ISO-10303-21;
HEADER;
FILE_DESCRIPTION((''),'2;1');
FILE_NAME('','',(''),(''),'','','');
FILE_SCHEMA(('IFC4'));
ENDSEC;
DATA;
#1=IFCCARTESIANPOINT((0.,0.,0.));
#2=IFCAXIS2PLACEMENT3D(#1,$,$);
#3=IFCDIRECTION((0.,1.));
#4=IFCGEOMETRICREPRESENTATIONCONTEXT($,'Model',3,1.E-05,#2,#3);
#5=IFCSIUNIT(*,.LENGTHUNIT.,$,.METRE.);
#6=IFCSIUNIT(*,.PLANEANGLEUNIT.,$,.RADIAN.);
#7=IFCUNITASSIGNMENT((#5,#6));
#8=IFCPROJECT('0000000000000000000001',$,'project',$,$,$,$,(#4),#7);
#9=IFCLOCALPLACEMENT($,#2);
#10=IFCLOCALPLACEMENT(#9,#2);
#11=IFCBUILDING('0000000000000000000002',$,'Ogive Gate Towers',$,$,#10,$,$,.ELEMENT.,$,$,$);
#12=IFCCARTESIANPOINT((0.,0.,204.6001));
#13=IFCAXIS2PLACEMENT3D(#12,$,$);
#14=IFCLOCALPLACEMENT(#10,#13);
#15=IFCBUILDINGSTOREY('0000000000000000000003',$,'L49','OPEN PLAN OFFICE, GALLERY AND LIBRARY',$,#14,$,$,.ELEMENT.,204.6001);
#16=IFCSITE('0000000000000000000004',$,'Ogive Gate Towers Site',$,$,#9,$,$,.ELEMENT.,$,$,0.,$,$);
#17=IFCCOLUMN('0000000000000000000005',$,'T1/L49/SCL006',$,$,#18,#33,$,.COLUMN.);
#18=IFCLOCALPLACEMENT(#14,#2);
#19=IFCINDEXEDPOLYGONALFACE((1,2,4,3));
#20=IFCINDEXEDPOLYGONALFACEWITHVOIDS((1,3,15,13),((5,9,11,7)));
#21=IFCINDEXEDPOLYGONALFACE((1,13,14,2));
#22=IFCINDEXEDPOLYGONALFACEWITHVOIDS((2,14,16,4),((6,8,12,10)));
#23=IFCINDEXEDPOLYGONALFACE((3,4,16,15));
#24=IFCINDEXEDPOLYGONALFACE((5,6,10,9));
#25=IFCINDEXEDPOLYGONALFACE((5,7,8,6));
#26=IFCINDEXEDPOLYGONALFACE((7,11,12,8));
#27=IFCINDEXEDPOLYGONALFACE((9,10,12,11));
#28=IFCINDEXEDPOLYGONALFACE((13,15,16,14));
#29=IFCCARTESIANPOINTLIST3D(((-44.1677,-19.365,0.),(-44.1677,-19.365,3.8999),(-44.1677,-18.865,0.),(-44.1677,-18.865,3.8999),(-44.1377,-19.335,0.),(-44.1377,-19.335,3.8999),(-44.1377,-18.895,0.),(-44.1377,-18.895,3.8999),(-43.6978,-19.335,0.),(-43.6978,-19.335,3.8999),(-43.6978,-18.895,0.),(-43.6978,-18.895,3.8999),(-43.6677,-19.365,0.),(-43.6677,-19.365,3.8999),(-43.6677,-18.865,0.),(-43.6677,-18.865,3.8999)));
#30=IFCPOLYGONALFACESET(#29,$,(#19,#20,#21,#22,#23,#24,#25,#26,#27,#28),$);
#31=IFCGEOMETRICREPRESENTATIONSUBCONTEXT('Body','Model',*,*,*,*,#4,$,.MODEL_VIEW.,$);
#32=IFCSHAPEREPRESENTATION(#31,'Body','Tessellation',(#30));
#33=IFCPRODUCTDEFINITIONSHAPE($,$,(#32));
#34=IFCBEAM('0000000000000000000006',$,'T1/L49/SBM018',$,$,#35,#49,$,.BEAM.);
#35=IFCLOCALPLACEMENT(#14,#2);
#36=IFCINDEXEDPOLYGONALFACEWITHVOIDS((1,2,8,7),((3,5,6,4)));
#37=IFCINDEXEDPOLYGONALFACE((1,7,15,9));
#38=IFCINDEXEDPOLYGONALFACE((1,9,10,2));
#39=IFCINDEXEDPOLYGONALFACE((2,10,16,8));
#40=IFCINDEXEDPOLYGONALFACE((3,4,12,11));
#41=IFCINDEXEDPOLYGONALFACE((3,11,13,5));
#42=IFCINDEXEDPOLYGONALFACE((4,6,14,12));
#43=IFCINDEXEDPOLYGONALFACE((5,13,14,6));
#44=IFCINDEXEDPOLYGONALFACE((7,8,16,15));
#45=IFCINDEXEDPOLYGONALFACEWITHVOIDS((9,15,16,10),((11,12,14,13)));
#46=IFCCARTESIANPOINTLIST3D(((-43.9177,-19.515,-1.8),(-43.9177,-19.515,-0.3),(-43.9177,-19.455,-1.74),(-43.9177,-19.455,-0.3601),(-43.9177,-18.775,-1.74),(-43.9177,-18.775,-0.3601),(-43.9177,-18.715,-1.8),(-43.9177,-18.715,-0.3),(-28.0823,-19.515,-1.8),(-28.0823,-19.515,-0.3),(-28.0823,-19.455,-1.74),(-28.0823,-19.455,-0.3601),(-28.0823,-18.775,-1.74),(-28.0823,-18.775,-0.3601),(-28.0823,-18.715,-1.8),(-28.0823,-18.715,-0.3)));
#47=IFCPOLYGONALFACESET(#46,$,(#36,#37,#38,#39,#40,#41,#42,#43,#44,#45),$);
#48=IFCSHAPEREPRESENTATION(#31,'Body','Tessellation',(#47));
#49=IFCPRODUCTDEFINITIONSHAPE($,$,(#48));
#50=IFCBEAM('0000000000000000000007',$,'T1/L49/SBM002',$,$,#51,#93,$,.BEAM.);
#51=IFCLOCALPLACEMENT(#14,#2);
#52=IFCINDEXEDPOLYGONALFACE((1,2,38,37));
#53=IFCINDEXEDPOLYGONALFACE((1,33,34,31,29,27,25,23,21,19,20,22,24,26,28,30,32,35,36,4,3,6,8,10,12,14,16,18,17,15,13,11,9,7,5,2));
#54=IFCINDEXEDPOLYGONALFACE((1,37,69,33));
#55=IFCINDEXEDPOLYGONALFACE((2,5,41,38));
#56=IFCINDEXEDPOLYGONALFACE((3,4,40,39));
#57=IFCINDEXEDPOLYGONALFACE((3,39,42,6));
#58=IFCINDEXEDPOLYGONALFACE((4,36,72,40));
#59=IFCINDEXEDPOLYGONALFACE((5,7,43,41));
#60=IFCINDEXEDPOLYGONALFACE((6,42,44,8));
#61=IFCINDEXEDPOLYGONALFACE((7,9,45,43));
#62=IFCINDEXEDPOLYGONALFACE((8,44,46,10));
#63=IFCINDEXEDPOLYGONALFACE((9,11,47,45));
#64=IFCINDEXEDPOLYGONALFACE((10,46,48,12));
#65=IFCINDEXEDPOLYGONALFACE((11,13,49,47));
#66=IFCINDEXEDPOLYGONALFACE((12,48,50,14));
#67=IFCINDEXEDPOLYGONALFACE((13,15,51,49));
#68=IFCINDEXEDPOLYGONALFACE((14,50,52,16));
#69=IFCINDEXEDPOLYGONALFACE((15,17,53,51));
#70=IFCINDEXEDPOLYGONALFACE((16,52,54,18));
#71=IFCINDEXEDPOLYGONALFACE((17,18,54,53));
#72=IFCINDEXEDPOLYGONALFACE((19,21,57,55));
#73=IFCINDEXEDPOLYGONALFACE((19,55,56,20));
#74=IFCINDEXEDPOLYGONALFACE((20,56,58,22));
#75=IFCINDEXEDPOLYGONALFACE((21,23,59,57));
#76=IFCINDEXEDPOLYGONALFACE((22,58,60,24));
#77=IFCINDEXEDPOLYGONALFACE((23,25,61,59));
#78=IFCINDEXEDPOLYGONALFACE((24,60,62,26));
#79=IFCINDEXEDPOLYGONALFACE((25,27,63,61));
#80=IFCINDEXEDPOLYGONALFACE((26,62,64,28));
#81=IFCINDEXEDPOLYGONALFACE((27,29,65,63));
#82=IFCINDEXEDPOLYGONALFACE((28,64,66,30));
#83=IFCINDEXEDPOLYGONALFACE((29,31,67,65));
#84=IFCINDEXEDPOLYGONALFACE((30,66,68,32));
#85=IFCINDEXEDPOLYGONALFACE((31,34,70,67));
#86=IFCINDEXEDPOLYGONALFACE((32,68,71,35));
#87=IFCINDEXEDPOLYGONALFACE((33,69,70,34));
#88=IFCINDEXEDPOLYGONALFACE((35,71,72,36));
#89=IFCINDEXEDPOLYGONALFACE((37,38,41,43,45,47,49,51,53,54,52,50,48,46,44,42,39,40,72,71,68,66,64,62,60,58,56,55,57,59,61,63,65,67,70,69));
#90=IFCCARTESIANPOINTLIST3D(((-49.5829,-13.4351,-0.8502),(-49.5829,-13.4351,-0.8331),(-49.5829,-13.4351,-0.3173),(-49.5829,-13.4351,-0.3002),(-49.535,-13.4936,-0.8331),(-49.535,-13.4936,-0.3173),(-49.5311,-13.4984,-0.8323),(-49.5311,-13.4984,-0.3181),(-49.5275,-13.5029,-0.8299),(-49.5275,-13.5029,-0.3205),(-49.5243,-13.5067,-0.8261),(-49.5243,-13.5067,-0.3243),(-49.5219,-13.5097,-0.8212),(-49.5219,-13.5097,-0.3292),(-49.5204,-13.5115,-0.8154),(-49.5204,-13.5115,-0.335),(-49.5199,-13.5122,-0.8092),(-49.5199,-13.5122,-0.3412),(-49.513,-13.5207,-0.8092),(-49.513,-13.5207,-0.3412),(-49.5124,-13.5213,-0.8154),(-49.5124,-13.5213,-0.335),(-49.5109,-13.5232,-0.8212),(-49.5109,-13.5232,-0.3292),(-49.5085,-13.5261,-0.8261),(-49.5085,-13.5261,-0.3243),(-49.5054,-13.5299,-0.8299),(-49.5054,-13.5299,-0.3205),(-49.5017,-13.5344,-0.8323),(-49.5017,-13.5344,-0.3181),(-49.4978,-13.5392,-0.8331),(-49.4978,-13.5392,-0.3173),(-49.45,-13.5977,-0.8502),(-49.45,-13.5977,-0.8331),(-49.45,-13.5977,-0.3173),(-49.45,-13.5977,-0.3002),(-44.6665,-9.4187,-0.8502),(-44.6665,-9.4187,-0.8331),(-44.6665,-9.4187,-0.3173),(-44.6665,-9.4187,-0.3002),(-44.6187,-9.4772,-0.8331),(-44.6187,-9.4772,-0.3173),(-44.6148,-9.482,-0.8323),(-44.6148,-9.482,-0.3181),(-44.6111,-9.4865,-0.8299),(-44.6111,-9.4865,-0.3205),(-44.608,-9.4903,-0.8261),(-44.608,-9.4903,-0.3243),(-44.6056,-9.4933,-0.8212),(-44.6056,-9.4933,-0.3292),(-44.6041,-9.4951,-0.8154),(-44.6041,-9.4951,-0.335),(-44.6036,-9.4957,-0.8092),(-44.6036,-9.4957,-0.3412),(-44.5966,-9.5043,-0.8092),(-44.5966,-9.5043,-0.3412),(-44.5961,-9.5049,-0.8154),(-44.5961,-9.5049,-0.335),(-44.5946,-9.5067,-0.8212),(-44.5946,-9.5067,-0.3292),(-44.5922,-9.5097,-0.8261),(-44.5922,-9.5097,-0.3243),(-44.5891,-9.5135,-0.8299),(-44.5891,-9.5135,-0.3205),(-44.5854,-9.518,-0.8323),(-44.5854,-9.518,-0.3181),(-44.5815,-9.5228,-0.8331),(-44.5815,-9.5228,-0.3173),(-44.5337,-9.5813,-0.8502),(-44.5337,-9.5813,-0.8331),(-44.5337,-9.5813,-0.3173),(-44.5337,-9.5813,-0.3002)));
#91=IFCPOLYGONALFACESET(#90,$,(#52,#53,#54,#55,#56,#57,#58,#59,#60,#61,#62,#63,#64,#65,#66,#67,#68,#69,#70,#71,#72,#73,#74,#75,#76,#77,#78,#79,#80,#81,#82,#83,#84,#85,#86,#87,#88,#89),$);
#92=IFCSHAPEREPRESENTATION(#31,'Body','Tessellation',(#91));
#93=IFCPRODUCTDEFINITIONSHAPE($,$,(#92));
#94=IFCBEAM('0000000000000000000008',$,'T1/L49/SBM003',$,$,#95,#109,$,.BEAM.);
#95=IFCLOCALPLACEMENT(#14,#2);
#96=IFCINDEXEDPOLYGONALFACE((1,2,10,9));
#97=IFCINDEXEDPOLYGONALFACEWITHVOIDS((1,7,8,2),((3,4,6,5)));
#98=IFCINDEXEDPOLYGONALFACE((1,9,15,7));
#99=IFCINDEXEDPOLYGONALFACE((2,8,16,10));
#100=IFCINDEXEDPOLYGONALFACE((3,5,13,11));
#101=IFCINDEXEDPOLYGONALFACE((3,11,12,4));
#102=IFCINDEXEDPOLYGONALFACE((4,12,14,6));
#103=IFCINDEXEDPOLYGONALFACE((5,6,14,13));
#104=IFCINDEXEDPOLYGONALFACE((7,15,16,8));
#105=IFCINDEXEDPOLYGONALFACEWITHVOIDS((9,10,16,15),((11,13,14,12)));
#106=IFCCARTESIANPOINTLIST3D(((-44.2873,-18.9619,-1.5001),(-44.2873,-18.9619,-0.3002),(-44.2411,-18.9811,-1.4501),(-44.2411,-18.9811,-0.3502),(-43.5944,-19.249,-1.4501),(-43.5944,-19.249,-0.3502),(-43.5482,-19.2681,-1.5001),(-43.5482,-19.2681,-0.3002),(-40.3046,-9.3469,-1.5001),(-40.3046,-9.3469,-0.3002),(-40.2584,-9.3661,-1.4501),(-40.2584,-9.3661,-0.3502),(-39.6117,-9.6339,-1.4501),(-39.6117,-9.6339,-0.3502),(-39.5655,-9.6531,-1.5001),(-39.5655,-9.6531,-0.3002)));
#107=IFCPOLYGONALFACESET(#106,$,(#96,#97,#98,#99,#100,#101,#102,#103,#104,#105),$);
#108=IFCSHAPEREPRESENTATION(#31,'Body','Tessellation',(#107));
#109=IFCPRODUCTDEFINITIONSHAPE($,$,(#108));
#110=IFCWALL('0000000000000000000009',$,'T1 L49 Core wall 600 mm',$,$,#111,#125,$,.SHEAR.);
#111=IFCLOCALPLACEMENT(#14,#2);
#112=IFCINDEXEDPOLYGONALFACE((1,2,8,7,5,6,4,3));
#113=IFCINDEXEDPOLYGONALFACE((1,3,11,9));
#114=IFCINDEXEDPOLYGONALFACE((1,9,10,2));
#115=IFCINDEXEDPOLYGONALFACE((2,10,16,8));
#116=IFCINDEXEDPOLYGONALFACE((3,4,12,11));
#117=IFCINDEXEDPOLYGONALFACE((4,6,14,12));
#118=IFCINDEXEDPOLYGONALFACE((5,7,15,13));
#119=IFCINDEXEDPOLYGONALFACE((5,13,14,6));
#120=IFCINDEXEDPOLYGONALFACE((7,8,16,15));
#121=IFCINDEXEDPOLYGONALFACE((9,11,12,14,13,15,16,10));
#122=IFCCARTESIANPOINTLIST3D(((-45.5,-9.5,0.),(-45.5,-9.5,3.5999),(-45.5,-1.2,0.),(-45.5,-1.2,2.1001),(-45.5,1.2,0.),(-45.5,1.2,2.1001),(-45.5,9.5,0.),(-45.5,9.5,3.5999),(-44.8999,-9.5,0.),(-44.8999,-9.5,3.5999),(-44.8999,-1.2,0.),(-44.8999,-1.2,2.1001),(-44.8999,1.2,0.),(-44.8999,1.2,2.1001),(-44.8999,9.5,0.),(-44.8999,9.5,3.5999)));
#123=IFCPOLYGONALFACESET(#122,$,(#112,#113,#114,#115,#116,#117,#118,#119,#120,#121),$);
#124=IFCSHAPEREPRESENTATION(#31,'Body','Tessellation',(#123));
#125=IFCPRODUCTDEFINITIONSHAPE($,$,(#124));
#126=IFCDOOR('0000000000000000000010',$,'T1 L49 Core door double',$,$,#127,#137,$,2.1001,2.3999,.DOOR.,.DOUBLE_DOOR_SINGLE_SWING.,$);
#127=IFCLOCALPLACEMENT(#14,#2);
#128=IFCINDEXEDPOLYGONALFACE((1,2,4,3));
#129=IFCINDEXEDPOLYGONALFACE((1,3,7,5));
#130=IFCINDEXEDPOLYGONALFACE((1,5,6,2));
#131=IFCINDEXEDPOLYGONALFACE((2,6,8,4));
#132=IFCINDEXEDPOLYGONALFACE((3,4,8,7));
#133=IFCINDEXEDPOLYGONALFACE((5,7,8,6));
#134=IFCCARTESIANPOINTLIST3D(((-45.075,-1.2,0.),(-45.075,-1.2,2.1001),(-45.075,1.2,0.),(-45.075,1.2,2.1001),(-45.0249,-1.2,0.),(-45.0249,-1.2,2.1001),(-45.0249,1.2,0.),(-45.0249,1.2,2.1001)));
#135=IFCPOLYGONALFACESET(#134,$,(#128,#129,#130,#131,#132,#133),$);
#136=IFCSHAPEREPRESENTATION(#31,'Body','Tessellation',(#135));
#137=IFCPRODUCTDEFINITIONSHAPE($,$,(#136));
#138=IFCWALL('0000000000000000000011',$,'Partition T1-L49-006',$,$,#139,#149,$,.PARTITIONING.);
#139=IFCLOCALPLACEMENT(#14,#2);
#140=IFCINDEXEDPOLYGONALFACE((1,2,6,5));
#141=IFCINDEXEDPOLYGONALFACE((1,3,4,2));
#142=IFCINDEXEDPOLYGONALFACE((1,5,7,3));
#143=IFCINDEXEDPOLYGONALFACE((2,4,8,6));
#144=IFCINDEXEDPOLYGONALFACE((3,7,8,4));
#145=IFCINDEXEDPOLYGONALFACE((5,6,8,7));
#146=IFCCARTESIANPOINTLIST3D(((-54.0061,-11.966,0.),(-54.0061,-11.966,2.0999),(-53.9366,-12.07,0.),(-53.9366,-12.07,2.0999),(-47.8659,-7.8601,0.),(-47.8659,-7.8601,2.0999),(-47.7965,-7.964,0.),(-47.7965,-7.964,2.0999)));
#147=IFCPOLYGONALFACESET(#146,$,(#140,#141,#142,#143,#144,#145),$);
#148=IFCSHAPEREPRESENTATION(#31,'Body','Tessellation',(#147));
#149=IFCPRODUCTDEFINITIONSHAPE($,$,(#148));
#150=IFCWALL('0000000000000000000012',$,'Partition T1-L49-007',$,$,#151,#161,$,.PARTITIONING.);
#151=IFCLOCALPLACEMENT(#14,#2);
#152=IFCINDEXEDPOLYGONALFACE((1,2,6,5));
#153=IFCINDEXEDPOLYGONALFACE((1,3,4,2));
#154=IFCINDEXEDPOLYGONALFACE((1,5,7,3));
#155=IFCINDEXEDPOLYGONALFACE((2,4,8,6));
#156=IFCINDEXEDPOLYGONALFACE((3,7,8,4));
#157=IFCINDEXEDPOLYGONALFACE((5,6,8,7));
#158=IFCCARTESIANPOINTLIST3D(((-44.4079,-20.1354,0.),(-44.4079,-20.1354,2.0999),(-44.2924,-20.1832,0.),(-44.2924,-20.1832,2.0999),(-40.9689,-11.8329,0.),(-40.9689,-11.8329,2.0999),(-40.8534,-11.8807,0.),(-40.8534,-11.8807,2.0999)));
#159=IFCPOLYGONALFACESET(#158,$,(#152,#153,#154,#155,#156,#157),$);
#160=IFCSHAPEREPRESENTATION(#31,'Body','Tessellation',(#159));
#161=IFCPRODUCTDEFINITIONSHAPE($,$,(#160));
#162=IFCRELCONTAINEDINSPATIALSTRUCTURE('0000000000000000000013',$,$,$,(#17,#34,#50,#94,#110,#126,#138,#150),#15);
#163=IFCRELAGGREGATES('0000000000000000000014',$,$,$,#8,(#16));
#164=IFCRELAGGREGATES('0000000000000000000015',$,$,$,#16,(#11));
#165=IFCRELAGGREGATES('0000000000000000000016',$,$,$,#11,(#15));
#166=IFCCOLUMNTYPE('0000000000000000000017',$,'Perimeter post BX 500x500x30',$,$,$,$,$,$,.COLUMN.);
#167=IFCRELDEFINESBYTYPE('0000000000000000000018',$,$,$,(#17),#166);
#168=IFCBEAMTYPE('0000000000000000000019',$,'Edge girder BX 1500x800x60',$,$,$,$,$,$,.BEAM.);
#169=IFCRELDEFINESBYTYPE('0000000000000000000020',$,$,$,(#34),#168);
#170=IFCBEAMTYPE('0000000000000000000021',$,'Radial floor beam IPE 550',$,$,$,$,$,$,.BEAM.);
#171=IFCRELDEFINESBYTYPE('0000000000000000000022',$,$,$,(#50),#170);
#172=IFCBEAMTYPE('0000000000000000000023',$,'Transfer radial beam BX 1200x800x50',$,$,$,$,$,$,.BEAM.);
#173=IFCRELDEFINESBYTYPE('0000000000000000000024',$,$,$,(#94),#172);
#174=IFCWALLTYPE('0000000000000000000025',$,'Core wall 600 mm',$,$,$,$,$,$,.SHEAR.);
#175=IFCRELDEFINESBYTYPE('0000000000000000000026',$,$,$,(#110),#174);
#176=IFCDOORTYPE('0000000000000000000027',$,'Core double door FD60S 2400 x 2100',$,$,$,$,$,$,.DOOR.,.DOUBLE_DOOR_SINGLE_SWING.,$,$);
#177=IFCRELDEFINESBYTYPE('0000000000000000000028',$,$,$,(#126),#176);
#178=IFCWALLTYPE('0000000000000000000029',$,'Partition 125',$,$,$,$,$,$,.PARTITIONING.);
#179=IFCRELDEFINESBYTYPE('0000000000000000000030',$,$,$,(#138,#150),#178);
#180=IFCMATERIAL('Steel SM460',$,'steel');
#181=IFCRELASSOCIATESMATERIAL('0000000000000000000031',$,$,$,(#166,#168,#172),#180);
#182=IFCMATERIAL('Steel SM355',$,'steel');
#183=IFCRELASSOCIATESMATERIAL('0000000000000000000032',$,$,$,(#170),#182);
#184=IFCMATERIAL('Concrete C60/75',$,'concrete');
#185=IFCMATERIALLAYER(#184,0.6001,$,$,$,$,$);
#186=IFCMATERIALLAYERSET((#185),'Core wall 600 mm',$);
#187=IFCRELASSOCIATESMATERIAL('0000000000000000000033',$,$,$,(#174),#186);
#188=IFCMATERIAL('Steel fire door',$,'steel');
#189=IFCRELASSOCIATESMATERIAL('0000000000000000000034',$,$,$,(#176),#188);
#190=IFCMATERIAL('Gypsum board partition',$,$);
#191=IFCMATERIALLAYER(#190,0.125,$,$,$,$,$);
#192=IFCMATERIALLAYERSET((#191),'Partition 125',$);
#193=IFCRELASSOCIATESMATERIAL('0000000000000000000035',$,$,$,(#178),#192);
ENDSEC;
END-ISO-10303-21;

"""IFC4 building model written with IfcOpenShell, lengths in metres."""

from ifc_helpers import new_model, si_unit, direction, frame, frame_2d, origin, origin_2d, place, context, subcontext, project, spatial, rectangle, hollow_rectangle, i_section, extrude, material, layer, layer_set, material_profile, profile_set, type_object, element, fill, save


model = new_model("IFC4")

# Units and contexts
model_context = context("Model", 3, precision=1e-05, world=origin(), true_north=direction((0.0, 1.0)))
body_context = subcontext(model_context, "Body", "Model", "MODEL_VIEW")
ifc_project = project(units=[si_unit("LENGTHUNIT", "METRE"), si_unit("PLANEANGLEUNIT", "RADIAN")], contexts=[model_context])

# Site, building, storey
site_placement = place(None, origin())
site = spatial("IfcSite", under=ifc_project, at=site_placement, Name="Ogive Gate Towers Site", CompositionType="ELEMENT", RefElevation=0.0)
building_placement = place(site_placement, origin())
building = spatial("IfcBuilding", under=site, at=building_placement, Name="Ogive Gate Towers", CompositionType="ELEMENT")
storey_placement = place(building_placement, frame((0.0, 0.0, 204.6001)))
storey = spatial("IfcBuildingStorey", under=building, at=storey_placement, Name="L49", Description="OPEN PLAN OFFICE, GALLERY AND LIBRARY", CompositionType="ELEMENT", Elevation=204.6001)

# Column
ifc_material_1 = material(Name="Steel SM460", Category="steel")
ifc_material_profile_1 = material_profile(ifc_material_1, hollow_rectangle(XDim=0.5, YDim=0.5, WallThickness=0.03, at=origin_2d()), Name="BX 500x500x30")
ifc_profile_set_1 = profile_set([ifc_material_profile_1], Name="Steel SM460")
column_type = type_object("IfcColumnType", Name="Perimeter post BX 500x500x30", PredefinedType="COLUMN", material=ifc_profile_set_1)
column_placement = place(storey_placement, frame((-43.9177, -19.115, 0.0), z_axis=(0.0, 0.0, 1.0), x_axis=(1.0, 0.0, 0.0)))
element("IfcColumn", 1, at=column_placement, inside=storey, type_object=column_type, Name="T1/L49/SCL006", PredefinedType="COLUMN", context=body_context, shape_type="SweptSolid", body=[
    extrude(hollow_rectangle(XDim=0.5, YDim=0.5, WallThickness=0.03, at=origin_2d()), origin(), (0.0, 0.0, 1.0), 3.8999),
])

# Beams
ifc_material_profile_2 = material_profile(ifc_material_1, hollow_rectangle(XDim=0.8, YDim=1.5, WallThickness=0.0601, at=origin_2d()), Name="BX 1500x800x60")
ifc_profile_set_2 = profile_set([ifc_material_profile_2], Name="Steel SM460")
beam_type_1 = type_object("IfcBeamType", Name="Edge girder BX 1500x800x60", PredefinedType="BEAM", material=ifc_profile_set_2)
beam_1_placement = place(storey_placement, frame((-43.9177, -19.115, -1.05), z_axis=(1.0, 0.0, 0.0), x_axis=(0.0, 1.0, 0.0)))
element("IfcBeam", 2, at=beam_1_placement, inside=storey, type_object=beam_type_1, Name="T1/L49/SBM018", PredefinedType="BEAM", context=body_context, shape_type="SweptSolid", body=[
    extrude(hollow_rectangle(XDim=0.8, YDim=1.5, WallThickness=0.0601, at=origin_2d()), origin(), (0.0, 0.0, 1.0), 15.8354),
])
ifc_material_2 = material(Name="Steel SM355", Category="steel")
ifc_material_profile_3 = material_profile(ifc_material_2, i_section(OverallWidth=0.21, OverallDepth=0.55, WebThickness=0.011, FlangeThickness=0.0171, FilletRadius=0.0239, at=origin_2d()), Name="IPE 550")
ifc_profile_set_3 = profile_set([ifc_material_profile_3], Name="Steel SM355")
beam_type_2 = type_object("IfcBeamType", Name="Radial floor beam IPE 550", PredefinedType="BEAM", material=ifc_profile_set_3)
beam_2_placement = place(storey_placement, frame((-44.6001, -9.5, -0.5752), z_axis=(-0.774423, -0.632668, 0.0), x_axis=(0.632668, -0.774423, 0.0)))
element("IfcBeam", 3, at=beam_2_placement, inside=storey, type_object=beam_type_2, Name="T1/L49/SBM002", PredefinedType="BEAM", context=body_context, shape_type="SweptSolid", body=[
    extrude(i_section(OverallWidth=0.21, OverallDepth=0.55, WebThickness=0.011, FlangeThickness=0.0171, FilletRadius=0.0239, at=origin_2d()), origin(), (0.0, 0.0, 1.0), 6.3484),
])
ifc_material_profile_4 = material_profile(ifc_material_1, hollow_rectangle(XDim=0.8, YDim=1.2, WallThickness=0.05, at=origin_2d()), Name="BX 1200x800x50")
ifc_profile_set_4 = profile_set([ifc_material_profile_4], Name="Steel SM460")
beam_type_3 = type_object("IfcBeamType", Name="Transfer radial beam BX 1200x800x50", PredefinedType="BEAM", material=ifc_profile_set_4)
beam_3_placement = place(storey_placement, frame((-39.9351, -9.5, -0.9001), z_axis=(-0.382684, -0.923879, 0.0), x_axis=(0.923879, -0.382684, 0.0)))
element("IfcBeam", 4, at=beam_3_placement, inside=storey, type_object=beam_type_3, Name="T1/L49/SBM003", PredefinedType="BEAM", context=body_context, shape_type="SweptSolid", body=[
    extrude(hollow_rectangle(XDim=0.8, YDim=1.2, WallThickness=0.05, at=origin_2d()), origin(), (0.0, 0.0, 1.0), 10.4072),
])

# Wall, opening, door
ifc_material_3 = material(Name="Concrete C60/75", Category="concrete")
ifc_layer_1 = layer(ifc_material_3, 0.6001)
ifc_layer_set_1 = layer_set([ifc_layer_1], Name="Core wall 600 mm")
wall_type_1 = type_object("IfcWallType", Name="Core wall 600 mm", PredefinedType="SHEAR", material=ifc_layer_set_1)
wall_1_placement = place(storey_placement, frame((-45.2, -9.5, 0.0), z_axis=(0.0, 0.0, 1.0), x_axis=(0.0, 1.0, 0.0)))
wall_1 = element("IfcWall", 5, at=wall_1_placement, inside=storey, type_object=wall_type_1, Name="T1 L49 Core wall 600 mm", PredefinedType="SHEAR", context=body_context, shape_type="SweptSolid", body=[
    extrude(rectangle(XDim=19.0, YDim=0.6001, at=frame_2d((9.5, 0.0))), origin(), (0.0, 0.0, 1.0), 3.5999),
])
opening_1_placement = place(wall_1_placement, frame((8.3, 0.0, 0.0)))
opening_1 = element("IfcOpeningElement", 6, at=opening_1_placement, cuts=wall_1, PredefinedType="OPENING", context=body_context, shape_type="SweptSolid", body=[
    extrude(rectangle(XDim=2.3999, YDim=2.1001, at=frame_2d((1.2, 1.05))), frame((0.0, 0.3101, 0.0), z_axis=(0.0, -1.0, 0.0), x_axis=(1.0, 0.0, 0.0)), (0.0, 0.0, 1.0), 0.6201),
])
ifc_material_4 = material(Name="Steel fire door", Category="steel")
door_type_1 = type_object("IfcDoorType", Name="Core double door FD60S 2400 x 2100", OperationType="DOUBLE_DOOR_SINGLE_SWING", PredefinedType="DOOR", material=ifc_material_4)
door_1_placement = place(opening_1_placement, origin())
door_1 = element("IfcDoor", 7, at=door_1_placement, inside=storey, type_object=door_type_1, Name="T1 L49 Core door double", OperationType="DOUBLE_DOOR_SINGLE_SWING", OverallHeight=2.1001, OverallWidth=2.3999, PredefinedType="DOOR", context=body_context, shape_type="SweptSolid", body=[
    extrude(rectangle(XDim=2.3999, YDim=2.1001, at=frame_2d((1.2, 1.05))), frame((0.0, -0.125, 0.0), z_axis=(0.0, -1.0, 0.0), x_axis=(1.0, 0.0, 0.0)), (0.0, 0.0, 1.0), 0.05),
])
fill(opening_1, door_1)

# Walls
ifc_material_5 = material(Name="Gypsum board partition")
ifc_layer_2 = layer(ifc_material_5, 0.125)
ifc_layer_set_2 = layer_set([ifc_layer_2], Name="Partition 125")
wall_type_2 = type_object("IfcWallType", Name="Partition 125", PredefinedType="PARTITIONING", material=ifc_layer_set_2)
wall_2_placement = place(storey_placement, frame((-53.9714, -12.0181, 0.0), z_axis=(0.0, 0.0, 1.0), x_axis=(0.831266, 0.555874, 0.0)))
element("IfcWall", 8, at=wall_2_placement, inside=storey, type_object=wall_type_2, Name="Partition T1-L49-006", PredefinedType="PARTITIONING", context=body_context, shape_type="SweptSolid", body=[
    extrude(rectangle(XDim=7.3865, YDim=0.125, at=frame_2d((3.6934, 0.0))), origin(), (0.0, 0.0, 1.0), 2.0999),
])
wall_3_placement = place(storey_placement, frame((-44.3501, -20.1592, 0.0), z_axis=(0.0, 0.0, 1.0), x_axis=(0.38268, 0.923881, 0.0)))
element("IfcWall", 9, at=wall_3_placement, inside=storey, type_object=wall_type_2, Name="Partition T1-L49-007", PredefinedType="PARTITIONING", context=body_context, shape_type="SweptSolid", body=[
    extrude(rectangle(XDim=8.9866, YDim=0.125, at=frame_2d((4.4932, 0.0))), origin(), (0.0, 0.0, 1.0), 2.0999),
])

save(model, "model.ifc")
